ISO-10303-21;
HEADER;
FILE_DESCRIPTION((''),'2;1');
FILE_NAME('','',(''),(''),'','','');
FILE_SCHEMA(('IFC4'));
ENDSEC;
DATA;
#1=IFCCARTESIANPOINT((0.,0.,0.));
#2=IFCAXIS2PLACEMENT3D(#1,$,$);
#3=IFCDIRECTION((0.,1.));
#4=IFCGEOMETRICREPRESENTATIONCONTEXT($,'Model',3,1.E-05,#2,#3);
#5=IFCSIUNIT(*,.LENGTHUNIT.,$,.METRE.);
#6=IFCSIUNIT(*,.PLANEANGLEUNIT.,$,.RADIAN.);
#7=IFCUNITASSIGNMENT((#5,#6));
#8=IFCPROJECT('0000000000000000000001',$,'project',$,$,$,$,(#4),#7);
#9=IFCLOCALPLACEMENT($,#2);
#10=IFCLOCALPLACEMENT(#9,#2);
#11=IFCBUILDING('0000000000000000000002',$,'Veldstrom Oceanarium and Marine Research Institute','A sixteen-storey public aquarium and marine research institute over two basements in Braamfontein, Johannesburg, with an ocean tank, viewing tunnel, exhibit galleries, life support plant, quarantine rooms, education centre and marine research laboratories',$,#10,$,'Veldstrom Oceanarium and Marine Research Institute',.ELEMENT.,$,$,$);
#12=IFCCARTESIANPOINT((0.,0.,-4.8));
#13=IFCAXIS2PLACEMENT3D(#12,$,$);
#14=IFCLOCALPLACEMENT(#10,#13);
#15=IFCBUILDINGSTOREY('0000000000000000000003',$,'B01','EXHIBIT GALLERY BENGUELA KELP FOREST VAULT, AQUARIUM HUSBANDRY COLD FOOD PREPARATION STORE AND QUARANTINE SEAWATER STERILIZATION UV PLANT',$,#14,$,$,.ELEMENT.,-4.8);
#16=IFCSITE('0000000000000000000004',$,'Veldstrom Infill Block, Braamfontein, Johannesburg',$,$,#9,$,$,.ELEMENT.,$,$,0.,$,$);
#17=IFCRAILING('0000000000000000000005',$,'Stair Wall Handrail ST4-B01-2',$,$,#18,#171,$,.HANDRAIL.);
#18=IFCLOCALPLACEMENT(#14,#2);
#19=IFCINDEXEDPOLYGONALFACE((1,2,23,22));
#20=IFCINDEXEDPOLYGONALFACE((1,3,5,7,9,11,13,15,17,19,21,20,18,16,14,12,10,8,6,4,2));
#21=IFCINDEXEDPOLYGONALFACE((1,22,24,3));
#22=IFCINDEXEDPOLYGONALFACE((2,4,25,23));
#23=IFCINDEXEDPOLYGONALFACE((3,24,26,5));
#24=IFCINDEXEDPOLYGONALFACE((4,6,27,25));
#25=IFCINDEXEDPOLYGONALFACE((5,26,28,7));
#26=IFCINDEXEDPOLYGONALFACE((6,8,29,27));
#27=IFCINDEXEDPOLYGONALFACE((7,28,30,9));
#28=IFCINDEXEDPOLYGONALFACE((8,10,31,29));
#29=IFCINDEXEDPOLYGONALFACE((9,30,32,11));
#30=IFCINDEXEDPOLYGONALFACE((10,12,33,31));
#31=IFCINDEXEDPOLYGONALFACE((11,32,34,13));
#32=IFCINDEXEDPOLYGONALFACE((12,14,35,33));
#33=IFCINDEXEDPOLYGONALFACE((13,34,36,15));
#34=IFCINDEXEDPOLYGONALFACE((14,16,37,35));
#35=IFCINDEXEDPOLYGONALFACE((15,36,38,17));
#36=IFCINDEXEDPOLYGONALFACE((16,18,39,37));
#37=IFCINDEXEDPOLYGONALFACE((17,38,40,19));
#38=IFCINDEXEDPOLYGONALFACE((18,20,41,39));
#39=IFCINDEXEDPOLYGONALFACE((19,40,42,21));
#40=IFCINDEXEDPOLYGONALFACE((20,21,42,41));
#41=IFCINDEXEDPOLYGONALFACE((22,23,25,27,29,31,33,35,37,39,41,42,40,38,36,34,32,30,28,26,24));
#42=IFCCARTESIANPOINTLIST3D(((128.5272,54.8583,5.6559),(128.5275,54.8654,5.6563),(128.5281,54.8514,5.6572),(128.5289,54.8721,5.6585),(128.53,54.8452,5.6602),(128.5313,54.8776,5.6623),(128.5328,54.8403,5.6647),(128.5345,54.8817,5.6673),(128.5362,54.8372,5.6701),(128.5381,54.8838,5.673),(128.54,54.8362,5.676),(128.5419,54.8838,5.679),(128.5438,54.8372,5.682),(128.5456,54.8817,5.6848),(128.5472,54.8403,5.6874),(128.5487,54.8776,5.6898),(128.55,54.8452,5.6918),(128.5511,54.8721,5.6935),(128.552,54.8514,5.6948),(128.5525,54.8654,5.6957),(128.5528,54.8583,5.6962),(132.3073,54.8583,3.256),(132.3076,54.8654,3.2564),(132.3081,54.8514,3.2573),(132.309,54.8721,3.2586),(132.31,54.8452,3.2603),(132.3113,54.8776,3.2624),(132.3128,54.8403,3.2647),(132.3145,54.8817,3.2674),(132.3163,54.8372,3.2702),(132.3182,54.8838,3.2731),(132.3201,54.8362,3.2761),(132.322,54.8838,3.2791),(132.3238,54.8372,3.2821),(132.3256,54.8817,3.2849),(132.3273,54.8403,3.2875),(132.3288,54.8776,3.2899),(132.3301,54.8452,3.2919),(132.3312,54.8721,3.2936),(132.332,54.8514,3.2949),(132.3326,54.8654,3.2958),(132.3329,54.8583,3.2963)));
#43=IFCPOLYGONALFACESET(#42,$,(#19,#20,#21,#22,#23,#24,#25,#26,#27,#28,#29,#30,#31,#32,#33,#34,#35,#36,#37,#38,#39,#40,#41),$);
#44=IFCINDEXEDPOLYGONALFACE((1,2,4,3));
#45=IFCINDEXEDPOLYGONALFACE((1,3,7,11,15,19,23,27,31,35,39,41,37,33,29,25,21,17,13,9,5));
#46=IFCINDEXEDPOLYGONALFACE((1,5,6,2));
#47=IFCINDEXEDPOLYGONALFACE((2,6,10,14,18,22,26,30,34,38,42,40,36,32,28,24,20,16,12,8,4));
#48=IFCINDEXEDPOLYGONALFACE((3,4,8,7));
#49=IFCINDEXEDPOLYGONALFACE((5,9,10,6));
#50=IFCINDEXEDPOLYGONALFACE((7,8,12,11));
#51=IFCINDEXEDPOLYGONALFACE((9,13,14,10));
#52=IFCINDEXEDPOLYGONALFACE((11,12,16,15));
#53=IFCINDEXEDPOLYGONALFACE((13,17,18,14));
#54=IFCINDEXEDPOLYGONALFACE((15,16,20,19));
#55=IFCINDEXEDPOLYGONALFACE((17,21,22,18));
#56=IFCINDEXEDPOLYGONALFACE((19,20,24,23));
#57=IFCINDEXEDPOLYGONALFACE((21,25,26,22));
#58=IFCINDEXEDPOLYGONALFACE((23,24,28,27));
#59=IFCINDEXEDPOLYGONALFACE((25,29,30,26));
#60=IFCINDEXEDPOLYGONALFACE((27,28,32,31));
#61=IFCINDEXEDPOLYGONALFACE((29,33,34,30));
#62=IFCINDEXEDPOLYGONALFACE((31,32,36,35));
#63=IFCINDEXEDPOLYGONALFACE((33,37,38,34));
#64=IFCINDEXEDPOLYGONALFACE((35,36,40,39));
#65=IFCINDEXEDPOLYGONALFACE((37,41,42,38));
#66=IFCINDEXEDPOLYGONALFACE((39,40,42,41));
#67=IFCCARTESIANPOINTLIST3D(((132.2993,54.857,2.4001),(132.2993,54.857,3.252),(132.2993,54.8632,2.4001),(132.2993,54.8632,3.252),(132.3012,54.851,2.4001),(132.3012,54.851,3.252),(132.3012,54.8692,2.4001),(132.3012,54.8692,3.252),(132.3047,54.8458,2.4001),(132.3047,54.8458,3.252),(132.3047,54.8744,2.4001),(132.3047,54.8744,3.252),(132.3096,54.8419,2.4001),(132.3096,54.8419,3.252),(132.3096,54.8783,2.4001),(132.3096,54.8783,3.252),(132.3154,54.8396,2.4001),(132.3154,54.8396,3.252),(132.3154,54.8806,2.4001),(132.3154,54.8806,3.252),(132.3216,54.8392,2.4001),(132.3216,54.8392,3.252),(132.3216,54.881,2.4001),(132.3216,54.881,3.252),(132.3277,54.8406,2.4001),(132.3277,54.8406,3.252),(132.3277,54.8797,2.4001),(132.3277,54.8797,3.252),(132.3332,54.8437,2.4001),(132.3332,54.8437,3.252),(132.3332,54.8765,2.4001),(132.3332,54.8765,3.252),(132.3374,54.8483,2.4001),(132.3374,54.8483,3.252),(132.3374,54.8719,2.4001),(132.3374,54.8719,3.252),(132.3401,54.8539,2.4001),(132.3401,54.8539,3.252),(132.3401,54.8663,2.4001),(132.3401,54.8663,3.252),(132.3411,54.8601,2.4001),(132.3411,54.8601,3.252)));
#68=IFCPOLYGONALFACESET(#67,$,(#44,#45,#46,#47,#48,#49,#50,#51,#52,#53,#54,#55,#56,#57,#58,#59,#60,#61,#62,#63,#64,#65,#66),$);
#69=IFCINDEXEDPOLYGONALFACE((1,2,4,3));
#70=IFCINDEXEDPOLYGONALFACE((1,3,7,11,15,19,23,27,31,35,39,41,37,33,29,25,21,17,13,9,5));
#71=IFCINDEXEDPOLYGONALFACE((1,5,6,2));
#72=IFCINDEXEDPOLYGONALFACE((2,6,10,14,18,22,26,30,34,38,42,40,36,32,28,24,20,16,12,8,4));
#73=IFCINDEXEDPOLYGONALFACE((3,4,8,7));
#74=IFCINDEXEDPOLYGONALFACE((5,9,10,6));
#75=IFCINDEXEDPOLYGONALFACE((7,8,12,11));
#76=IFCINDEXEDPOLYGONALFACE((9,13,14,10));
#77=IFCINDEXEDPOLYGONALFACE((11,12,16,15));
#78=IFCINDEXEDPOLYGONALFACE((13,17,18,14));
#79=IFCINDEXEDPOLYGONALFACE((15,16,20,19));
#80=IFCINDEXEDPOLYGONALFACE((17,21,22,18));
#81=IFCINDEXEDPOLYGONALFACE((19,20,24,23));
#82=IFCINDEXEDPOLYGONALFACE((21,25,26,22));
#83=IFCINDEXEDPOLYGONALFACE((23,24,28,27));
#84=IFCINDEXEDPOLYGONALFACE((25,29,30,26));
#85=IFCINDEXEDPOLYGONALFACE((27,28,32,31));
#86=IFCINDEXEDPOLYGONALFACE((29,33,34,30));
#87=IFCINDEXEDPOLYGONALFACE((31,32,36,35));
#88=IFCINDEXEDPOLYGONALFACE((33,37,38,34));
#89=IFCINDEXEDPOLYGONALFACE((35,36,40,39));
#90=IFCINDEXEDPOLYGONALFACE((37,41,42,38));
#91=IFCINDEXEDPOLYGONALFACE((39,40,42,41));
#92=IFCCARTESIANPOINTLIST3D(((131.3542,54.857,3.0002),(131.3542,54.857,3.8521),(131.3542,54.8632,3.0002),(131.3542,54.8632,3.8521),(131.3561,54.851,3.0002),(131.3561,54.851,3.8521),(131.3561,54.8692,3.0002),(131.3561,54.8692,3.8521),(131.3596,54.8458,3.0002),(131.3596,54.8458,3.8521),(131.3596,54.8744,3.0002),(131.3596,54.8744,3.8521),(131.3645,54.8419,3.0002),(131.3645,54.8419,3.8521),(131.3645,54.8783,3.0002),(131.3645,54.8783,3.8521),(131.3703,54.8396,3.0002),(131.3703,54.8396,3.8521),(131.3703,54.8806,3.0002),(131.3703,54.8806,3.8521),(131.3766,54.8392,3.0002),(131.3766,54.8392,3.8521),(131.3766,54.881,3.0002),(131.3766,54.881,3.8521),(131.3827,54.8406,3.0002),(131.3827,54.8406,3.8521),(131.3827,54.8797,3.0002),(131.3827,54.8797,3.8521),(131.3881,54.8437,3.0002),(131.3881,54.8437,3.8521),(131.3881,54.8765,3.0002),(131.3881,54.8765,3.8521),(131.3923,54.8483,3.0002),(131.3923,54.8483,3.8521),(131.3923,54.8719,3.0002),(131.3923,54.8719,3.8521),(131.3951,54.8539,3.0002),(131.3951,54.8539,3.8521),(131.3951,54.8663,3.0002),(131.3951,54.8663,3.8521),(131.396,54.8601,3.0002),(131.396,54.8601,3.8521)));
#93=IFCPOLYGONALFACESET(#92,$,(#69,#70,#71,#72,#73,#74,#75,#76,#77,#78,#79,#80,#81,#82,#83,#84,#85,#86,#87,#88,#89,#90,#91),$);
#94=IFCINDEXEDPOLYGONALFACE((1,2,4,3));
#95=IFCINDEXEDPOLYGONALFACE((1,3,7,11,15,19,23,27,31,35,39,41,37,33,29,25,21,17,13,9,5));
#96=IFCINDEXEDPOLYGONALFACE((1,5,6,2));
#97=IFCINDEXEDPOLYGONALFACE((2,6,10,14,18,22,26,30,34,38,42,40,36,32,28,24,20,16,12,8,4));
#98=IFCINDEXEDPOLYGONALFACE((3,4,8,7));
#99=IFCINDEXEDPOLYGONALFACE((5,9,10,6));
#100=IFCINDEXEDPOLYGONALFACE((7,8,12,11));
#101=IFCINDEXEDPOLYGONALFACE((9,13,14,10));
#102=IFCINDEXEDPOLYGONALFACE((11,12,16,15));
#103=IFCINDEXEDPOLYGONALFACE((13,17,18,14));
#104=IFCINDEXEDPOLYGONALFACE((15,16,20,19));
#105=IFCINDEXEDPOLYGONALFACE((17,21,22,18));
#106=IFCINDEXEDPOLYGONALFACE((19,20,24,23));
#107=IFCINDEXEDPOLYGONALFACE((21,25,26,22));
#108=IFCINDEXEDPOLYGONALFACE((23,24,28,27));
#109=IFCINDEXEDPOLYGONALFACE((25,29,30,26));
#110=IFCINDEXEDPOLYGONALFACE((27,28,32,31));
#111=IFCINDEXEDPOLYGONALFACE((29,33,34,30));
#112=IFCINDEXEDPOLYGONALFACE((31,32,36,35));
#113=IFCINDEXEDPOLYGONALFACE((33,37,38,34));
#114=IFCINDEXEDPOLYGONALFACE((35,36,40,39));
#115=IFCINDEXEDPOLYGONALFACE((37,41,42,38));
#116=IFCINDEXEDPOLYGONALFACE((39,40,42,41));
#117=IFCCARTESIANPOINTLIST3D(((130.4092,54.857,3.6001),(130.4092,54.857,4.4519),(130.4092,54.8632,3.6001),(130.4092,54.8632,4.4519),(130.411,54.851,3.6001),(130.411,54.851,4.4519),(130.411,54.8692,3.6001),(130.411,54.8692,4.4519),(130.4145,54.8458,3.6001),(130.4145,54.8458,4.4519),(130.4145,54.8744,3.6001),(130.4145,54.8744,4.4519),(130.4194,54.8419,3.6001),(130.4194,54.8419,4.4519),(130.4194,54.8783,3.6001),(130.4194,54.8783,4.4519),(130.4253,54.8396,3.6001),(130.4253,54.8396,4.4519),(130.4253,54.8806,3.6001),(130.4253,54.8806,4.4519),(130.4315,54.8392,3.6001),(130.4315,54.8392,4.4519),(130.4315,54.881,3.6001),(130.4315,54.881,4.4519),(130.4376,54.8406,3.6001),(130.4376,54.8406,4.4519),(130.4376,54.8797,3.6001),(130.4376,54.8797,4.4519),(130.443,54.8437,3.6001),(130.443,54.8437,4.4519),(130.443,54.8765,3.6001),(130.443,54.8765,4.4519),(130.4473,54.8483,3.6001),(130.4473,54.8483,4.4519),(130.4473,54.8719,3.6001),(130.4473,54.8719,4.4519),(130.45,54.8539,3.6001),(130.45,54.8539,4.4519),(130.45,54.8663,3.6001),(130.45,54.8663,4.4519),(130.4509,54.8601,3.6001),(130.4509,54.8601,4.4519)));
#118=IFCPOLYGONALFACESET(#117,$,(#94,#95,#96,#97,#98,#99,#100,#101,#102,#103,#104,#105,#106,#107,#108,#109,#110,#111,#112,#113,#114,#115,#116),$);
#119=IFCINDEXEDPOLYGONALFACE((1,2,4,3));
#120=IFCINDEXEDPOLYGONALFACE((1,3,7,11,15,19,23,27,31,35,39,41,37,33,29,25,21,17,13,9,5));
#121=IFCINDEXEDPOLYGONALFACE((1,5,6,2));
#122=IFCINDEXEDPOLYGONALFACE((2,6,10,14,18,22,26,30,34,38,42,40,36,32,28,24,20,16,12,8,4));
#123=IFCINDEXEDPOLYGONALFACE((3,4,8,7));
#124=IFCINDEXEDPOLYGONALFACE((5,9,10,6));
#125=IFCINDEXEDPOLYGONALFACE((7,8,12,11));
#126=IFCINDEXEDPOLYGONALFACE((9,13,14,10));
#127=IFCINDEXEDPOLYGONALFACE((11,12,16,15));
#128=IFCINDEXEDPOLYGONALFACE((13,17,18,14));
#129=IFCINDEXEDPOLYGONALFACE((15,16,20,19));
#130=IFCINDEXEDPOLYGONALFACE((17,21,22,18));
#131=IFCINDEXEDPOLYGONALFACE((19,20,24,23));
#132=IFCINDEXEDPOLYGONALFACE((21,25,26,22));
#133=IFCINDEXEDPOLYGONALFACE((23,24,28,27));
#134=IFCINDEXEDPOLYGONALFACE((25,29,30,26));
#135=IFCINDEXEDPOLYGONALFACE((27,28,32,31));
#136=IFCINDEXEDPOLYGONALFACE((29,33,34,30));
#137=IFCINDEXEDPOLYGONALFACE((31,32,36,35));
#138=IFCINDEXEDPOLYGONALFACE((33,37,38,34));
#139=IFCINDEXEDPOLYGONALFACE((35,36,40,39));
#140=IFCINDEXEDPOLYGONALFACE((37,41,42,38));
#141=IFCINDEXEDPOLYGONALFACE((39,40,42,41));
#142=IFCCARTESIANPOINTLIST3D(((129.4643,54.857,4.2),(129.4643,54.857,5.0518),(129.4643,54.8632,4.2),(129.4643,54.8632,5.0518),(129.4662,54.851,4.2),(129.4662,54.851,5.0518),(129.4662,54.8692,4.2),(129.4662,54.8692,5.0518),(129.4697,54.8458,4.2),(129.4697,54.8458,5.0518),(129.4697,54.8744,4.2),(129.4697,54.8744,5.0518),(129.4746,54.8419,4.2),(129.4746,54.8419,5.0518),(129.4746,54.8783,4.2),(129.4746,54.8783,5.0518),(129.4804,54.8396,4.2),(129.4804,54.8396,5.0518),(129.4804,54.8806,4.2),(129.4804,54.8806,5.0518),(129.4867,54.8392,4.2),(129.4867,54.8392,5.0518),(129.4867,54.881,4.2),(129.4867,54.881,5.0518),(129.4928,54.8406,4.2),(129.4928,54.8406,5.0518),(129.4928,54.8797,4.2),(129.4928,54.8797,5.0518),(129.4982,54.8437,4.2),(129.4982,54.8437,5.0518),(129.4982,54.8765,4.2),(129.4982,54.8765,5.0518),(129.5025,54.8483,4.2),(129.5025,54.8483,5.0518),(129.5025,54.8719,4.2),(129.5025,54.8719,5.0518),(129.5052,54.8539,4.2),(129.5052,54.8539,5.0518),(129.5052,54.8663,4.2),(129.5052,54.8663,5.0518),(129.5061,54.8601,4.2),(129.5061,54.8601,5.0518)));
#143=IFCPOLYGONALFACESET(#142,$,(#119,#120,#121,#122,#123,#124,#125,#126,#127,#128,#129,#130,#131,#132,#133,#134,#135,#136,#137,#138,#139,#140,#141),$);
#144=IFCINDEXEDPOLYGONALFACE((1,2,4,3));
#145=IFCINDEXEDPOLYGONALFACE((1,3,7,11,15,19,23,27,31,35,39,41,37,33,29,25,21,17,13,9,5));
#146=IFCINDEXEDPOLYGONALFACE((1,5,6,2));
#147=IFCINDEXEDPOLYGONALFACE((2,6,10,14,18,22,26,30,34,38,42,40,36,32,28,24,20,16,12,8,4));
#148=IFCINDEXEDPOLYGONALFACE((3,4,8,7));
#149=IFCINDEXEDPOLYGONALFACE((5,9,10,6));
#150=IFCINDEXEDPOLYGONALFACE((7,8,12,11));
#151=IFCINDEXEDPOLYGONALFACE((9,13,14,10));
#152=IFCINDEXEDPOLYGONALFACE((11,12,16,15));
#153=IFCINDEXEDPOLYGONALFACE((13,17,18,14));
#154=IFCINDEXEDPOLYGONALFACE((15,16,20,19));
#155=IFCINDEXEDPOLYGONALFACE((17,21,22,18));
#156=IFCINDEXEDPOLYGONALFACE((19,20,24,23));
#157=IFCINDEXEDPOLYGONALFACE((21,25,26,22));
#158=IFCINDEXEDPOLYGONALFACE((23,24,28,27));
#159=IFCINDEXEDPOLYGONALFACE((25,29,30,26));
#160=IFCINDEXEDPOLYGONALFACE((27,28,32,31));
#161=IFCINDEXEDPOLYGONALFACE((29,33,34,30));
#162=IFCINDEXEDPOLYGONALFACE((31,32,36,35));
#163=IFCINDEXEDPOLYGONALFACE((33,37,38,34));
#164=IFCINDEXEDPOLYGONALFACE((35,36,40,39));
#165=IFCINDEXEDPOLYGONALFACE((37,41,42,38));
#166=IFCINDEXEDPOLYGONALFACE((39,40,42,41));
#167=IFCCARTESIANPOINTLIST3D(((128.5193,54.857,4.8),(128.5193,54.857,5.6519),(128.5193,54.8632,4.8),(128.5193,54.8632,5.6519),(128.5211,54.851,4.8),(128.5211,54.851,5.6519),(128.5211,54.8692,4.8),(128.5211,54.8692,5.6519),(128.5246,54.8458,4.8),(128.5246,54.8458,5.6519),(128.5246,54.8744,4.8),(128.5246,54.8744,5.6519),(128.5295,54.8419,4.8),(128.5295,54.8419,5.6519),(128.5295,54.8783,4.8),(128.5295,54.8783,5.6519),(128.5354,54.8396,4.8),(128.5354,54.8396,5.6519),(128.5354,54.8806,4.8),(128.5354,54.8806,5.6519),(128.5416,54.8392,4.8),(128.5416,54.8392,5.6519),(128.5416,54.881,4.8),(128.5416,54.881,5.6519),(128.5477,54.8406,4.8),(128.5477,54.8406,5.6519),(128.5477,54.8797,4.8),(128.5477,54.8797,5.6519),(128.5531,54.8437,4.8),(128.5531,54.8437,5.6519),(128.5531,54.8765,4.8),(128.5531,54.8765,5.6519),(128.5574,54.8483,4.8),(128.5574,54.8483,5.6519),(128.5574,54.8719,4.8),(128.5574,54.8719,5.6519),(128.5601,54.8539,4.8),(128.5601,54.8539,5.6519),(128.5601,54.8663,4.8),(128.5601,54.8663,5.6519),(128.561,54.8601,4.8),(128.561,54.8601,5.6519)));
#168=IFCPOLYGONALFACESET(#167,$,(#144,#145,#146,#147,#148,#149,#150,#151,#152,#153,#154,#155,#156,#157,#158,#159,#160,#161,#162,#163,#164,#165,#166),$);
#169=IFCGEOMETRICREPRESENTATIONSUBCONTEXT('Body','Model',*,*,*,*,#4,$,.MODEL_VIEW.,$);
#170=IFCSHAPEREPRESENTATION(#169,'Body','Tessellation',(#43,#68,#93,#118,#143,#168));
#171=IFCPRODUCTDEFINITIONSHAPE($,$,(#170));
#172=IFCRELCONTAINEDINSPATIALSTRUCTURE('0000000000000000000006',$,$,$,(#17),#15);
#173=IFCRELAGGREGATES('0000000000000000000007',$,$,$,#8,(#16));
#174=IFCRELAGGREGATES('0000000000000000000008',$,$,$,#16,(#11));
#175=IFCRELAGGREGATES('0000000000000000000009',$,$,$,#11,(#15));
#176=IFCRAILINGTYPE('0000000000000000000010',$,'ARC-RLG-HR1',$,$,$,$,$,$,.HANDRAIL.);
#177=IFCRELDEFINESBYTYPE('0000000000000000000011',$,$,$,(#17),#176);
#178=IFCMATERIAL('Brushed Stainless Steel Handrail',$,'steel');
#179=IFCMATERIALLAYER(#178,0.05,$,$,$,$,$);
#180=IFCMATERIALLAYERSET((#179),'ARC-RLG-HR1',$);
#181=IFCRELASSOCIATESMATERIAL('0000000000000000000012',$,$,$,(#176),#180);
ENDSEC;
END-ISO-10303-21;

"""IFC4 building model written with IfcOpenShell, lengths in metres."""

from ifc_helpers import new_model, si_unit, direction, frame, origin, origin_2d, place, context, subcontext, project, spatial, circle, extrude, material, layer, layer_set, type_object, element, save


model = new_model("IFC4")

# Units and contexts
model_context = context("Model", 3, precision=1e-05, world=origin(), true_north=direction((0.0, 1.0)))
body_context = subcontext(model_context, "Body", "Model", "MODEL_VIEW")
ifc_project = project(units=[si_unit("LENGTHUNIT", "METRE"), si_unit("PLANEANGLEUNIT", "RADIAN")], contexts=[model_context])

# Site, building, storey
site_placement = place(None, origin())
site = spatial("IfcSite", under=ifc_project, at=site_placement, Name="Veldstrom Infill Block, Braamfontein, Johannesburg", CompositionType="ELEMENT", RefElevation=0.0)
building_placement = place(site_placement, origin())
building = spatial("IfcBuilding", under=site, at=building_placement, Name="Veldstrom Oceanarium and Marine Research Institute", Description="A sixteen-storey public aquarium and marine research institute over two basements in Braamfontein, Johannesburg, with an ocean tank, viewing tunnel, exhibit galleries, life support plant, quarantine rooms, education centre and marine research laboratories", LongName="Veldstrom Oceanarium and Marine Research Institute", CompositionType="ELEMENT")
storey_placement = place(building_placement, frame((0.0, 0.0, -4.8)))
storey = spatial("IfcBuildingStorey", under=building, at=storey_placement, Name="B01", Description="EXHIBIT GALLERY BENGUELA KELP FOREST VAULT, AQUARIUM HUSBANDRY COLD FOOD PREPARATION STORE AND QUARANTINE SEAWATER STERILIZATION UV PLANT", CompositionType="ELEMENT", Elevation=-4.8)

# Railing
ifc_material_1 = material(Name="Brushed Stainless Steel Handrail", Category="steel")
ifc_layer_1 = layer(ifc_material_1, 0.05)
ifc_layer_set_1 = layer_set([ifc_layer_1], Name="ARC-RLG-HR1")
railing_type_1 = type_object("IfcRailingType", Name="ARC-RLG-HR1", PredefinedType="HANDRAIL", material=ifc_layer_set_1)
railing_1_placement = place(storey_placement, frame((132.3201, 54.8601, 2.4001)))
element("IfcRailing", 1, at=railing_1_placement, inside=storey, type_object=railing_type_1, Name="Stair Wall Handrail ST4-B01-2", PredefinedType="HANDRAIL", context=body_context, shape_type="SweptSolid", body=[
    extrude(circle(Radius=0.0239, at=origin_2d()), frame((0.0, 0.0, 0.876), z_axis=(-0.844225, 0.0, 0.53599), x_axis=(0.0, -1.0, 0.0)), (0.0, 0.0, 1.0), 4.4775),
    extrude(circle(Radius=0.021, at=origin_2d()), origin(), (0.0, 0.0, 1.0), 0.8518),
    extrude(circle(Radius=0.021, at=origin_2d()), frame((-0.9451, 0.0, 0.6001)), (0.0, 0.0, 1.0), 0.8518),
    extrude(circle(Radius=0.021, at=origin_2d()), frame((-1.8901, 0.0, 1.2)), (0.0, 0.0, 1.0), 0.8518),
    extrude(circle(Radius=0.021, at=origin_2d()), frame((-2.835, 0.0, 1.7998)), (0.0, 0.0, 1.0), 0.8518),
    extrude(circle(Radius=0.021, at=origin_2d()), frame((-3.78, 0.0, 2.3999)), (0.0, 0.0, 1.0), 0.8518),
])

save(model, "model.ifc")
